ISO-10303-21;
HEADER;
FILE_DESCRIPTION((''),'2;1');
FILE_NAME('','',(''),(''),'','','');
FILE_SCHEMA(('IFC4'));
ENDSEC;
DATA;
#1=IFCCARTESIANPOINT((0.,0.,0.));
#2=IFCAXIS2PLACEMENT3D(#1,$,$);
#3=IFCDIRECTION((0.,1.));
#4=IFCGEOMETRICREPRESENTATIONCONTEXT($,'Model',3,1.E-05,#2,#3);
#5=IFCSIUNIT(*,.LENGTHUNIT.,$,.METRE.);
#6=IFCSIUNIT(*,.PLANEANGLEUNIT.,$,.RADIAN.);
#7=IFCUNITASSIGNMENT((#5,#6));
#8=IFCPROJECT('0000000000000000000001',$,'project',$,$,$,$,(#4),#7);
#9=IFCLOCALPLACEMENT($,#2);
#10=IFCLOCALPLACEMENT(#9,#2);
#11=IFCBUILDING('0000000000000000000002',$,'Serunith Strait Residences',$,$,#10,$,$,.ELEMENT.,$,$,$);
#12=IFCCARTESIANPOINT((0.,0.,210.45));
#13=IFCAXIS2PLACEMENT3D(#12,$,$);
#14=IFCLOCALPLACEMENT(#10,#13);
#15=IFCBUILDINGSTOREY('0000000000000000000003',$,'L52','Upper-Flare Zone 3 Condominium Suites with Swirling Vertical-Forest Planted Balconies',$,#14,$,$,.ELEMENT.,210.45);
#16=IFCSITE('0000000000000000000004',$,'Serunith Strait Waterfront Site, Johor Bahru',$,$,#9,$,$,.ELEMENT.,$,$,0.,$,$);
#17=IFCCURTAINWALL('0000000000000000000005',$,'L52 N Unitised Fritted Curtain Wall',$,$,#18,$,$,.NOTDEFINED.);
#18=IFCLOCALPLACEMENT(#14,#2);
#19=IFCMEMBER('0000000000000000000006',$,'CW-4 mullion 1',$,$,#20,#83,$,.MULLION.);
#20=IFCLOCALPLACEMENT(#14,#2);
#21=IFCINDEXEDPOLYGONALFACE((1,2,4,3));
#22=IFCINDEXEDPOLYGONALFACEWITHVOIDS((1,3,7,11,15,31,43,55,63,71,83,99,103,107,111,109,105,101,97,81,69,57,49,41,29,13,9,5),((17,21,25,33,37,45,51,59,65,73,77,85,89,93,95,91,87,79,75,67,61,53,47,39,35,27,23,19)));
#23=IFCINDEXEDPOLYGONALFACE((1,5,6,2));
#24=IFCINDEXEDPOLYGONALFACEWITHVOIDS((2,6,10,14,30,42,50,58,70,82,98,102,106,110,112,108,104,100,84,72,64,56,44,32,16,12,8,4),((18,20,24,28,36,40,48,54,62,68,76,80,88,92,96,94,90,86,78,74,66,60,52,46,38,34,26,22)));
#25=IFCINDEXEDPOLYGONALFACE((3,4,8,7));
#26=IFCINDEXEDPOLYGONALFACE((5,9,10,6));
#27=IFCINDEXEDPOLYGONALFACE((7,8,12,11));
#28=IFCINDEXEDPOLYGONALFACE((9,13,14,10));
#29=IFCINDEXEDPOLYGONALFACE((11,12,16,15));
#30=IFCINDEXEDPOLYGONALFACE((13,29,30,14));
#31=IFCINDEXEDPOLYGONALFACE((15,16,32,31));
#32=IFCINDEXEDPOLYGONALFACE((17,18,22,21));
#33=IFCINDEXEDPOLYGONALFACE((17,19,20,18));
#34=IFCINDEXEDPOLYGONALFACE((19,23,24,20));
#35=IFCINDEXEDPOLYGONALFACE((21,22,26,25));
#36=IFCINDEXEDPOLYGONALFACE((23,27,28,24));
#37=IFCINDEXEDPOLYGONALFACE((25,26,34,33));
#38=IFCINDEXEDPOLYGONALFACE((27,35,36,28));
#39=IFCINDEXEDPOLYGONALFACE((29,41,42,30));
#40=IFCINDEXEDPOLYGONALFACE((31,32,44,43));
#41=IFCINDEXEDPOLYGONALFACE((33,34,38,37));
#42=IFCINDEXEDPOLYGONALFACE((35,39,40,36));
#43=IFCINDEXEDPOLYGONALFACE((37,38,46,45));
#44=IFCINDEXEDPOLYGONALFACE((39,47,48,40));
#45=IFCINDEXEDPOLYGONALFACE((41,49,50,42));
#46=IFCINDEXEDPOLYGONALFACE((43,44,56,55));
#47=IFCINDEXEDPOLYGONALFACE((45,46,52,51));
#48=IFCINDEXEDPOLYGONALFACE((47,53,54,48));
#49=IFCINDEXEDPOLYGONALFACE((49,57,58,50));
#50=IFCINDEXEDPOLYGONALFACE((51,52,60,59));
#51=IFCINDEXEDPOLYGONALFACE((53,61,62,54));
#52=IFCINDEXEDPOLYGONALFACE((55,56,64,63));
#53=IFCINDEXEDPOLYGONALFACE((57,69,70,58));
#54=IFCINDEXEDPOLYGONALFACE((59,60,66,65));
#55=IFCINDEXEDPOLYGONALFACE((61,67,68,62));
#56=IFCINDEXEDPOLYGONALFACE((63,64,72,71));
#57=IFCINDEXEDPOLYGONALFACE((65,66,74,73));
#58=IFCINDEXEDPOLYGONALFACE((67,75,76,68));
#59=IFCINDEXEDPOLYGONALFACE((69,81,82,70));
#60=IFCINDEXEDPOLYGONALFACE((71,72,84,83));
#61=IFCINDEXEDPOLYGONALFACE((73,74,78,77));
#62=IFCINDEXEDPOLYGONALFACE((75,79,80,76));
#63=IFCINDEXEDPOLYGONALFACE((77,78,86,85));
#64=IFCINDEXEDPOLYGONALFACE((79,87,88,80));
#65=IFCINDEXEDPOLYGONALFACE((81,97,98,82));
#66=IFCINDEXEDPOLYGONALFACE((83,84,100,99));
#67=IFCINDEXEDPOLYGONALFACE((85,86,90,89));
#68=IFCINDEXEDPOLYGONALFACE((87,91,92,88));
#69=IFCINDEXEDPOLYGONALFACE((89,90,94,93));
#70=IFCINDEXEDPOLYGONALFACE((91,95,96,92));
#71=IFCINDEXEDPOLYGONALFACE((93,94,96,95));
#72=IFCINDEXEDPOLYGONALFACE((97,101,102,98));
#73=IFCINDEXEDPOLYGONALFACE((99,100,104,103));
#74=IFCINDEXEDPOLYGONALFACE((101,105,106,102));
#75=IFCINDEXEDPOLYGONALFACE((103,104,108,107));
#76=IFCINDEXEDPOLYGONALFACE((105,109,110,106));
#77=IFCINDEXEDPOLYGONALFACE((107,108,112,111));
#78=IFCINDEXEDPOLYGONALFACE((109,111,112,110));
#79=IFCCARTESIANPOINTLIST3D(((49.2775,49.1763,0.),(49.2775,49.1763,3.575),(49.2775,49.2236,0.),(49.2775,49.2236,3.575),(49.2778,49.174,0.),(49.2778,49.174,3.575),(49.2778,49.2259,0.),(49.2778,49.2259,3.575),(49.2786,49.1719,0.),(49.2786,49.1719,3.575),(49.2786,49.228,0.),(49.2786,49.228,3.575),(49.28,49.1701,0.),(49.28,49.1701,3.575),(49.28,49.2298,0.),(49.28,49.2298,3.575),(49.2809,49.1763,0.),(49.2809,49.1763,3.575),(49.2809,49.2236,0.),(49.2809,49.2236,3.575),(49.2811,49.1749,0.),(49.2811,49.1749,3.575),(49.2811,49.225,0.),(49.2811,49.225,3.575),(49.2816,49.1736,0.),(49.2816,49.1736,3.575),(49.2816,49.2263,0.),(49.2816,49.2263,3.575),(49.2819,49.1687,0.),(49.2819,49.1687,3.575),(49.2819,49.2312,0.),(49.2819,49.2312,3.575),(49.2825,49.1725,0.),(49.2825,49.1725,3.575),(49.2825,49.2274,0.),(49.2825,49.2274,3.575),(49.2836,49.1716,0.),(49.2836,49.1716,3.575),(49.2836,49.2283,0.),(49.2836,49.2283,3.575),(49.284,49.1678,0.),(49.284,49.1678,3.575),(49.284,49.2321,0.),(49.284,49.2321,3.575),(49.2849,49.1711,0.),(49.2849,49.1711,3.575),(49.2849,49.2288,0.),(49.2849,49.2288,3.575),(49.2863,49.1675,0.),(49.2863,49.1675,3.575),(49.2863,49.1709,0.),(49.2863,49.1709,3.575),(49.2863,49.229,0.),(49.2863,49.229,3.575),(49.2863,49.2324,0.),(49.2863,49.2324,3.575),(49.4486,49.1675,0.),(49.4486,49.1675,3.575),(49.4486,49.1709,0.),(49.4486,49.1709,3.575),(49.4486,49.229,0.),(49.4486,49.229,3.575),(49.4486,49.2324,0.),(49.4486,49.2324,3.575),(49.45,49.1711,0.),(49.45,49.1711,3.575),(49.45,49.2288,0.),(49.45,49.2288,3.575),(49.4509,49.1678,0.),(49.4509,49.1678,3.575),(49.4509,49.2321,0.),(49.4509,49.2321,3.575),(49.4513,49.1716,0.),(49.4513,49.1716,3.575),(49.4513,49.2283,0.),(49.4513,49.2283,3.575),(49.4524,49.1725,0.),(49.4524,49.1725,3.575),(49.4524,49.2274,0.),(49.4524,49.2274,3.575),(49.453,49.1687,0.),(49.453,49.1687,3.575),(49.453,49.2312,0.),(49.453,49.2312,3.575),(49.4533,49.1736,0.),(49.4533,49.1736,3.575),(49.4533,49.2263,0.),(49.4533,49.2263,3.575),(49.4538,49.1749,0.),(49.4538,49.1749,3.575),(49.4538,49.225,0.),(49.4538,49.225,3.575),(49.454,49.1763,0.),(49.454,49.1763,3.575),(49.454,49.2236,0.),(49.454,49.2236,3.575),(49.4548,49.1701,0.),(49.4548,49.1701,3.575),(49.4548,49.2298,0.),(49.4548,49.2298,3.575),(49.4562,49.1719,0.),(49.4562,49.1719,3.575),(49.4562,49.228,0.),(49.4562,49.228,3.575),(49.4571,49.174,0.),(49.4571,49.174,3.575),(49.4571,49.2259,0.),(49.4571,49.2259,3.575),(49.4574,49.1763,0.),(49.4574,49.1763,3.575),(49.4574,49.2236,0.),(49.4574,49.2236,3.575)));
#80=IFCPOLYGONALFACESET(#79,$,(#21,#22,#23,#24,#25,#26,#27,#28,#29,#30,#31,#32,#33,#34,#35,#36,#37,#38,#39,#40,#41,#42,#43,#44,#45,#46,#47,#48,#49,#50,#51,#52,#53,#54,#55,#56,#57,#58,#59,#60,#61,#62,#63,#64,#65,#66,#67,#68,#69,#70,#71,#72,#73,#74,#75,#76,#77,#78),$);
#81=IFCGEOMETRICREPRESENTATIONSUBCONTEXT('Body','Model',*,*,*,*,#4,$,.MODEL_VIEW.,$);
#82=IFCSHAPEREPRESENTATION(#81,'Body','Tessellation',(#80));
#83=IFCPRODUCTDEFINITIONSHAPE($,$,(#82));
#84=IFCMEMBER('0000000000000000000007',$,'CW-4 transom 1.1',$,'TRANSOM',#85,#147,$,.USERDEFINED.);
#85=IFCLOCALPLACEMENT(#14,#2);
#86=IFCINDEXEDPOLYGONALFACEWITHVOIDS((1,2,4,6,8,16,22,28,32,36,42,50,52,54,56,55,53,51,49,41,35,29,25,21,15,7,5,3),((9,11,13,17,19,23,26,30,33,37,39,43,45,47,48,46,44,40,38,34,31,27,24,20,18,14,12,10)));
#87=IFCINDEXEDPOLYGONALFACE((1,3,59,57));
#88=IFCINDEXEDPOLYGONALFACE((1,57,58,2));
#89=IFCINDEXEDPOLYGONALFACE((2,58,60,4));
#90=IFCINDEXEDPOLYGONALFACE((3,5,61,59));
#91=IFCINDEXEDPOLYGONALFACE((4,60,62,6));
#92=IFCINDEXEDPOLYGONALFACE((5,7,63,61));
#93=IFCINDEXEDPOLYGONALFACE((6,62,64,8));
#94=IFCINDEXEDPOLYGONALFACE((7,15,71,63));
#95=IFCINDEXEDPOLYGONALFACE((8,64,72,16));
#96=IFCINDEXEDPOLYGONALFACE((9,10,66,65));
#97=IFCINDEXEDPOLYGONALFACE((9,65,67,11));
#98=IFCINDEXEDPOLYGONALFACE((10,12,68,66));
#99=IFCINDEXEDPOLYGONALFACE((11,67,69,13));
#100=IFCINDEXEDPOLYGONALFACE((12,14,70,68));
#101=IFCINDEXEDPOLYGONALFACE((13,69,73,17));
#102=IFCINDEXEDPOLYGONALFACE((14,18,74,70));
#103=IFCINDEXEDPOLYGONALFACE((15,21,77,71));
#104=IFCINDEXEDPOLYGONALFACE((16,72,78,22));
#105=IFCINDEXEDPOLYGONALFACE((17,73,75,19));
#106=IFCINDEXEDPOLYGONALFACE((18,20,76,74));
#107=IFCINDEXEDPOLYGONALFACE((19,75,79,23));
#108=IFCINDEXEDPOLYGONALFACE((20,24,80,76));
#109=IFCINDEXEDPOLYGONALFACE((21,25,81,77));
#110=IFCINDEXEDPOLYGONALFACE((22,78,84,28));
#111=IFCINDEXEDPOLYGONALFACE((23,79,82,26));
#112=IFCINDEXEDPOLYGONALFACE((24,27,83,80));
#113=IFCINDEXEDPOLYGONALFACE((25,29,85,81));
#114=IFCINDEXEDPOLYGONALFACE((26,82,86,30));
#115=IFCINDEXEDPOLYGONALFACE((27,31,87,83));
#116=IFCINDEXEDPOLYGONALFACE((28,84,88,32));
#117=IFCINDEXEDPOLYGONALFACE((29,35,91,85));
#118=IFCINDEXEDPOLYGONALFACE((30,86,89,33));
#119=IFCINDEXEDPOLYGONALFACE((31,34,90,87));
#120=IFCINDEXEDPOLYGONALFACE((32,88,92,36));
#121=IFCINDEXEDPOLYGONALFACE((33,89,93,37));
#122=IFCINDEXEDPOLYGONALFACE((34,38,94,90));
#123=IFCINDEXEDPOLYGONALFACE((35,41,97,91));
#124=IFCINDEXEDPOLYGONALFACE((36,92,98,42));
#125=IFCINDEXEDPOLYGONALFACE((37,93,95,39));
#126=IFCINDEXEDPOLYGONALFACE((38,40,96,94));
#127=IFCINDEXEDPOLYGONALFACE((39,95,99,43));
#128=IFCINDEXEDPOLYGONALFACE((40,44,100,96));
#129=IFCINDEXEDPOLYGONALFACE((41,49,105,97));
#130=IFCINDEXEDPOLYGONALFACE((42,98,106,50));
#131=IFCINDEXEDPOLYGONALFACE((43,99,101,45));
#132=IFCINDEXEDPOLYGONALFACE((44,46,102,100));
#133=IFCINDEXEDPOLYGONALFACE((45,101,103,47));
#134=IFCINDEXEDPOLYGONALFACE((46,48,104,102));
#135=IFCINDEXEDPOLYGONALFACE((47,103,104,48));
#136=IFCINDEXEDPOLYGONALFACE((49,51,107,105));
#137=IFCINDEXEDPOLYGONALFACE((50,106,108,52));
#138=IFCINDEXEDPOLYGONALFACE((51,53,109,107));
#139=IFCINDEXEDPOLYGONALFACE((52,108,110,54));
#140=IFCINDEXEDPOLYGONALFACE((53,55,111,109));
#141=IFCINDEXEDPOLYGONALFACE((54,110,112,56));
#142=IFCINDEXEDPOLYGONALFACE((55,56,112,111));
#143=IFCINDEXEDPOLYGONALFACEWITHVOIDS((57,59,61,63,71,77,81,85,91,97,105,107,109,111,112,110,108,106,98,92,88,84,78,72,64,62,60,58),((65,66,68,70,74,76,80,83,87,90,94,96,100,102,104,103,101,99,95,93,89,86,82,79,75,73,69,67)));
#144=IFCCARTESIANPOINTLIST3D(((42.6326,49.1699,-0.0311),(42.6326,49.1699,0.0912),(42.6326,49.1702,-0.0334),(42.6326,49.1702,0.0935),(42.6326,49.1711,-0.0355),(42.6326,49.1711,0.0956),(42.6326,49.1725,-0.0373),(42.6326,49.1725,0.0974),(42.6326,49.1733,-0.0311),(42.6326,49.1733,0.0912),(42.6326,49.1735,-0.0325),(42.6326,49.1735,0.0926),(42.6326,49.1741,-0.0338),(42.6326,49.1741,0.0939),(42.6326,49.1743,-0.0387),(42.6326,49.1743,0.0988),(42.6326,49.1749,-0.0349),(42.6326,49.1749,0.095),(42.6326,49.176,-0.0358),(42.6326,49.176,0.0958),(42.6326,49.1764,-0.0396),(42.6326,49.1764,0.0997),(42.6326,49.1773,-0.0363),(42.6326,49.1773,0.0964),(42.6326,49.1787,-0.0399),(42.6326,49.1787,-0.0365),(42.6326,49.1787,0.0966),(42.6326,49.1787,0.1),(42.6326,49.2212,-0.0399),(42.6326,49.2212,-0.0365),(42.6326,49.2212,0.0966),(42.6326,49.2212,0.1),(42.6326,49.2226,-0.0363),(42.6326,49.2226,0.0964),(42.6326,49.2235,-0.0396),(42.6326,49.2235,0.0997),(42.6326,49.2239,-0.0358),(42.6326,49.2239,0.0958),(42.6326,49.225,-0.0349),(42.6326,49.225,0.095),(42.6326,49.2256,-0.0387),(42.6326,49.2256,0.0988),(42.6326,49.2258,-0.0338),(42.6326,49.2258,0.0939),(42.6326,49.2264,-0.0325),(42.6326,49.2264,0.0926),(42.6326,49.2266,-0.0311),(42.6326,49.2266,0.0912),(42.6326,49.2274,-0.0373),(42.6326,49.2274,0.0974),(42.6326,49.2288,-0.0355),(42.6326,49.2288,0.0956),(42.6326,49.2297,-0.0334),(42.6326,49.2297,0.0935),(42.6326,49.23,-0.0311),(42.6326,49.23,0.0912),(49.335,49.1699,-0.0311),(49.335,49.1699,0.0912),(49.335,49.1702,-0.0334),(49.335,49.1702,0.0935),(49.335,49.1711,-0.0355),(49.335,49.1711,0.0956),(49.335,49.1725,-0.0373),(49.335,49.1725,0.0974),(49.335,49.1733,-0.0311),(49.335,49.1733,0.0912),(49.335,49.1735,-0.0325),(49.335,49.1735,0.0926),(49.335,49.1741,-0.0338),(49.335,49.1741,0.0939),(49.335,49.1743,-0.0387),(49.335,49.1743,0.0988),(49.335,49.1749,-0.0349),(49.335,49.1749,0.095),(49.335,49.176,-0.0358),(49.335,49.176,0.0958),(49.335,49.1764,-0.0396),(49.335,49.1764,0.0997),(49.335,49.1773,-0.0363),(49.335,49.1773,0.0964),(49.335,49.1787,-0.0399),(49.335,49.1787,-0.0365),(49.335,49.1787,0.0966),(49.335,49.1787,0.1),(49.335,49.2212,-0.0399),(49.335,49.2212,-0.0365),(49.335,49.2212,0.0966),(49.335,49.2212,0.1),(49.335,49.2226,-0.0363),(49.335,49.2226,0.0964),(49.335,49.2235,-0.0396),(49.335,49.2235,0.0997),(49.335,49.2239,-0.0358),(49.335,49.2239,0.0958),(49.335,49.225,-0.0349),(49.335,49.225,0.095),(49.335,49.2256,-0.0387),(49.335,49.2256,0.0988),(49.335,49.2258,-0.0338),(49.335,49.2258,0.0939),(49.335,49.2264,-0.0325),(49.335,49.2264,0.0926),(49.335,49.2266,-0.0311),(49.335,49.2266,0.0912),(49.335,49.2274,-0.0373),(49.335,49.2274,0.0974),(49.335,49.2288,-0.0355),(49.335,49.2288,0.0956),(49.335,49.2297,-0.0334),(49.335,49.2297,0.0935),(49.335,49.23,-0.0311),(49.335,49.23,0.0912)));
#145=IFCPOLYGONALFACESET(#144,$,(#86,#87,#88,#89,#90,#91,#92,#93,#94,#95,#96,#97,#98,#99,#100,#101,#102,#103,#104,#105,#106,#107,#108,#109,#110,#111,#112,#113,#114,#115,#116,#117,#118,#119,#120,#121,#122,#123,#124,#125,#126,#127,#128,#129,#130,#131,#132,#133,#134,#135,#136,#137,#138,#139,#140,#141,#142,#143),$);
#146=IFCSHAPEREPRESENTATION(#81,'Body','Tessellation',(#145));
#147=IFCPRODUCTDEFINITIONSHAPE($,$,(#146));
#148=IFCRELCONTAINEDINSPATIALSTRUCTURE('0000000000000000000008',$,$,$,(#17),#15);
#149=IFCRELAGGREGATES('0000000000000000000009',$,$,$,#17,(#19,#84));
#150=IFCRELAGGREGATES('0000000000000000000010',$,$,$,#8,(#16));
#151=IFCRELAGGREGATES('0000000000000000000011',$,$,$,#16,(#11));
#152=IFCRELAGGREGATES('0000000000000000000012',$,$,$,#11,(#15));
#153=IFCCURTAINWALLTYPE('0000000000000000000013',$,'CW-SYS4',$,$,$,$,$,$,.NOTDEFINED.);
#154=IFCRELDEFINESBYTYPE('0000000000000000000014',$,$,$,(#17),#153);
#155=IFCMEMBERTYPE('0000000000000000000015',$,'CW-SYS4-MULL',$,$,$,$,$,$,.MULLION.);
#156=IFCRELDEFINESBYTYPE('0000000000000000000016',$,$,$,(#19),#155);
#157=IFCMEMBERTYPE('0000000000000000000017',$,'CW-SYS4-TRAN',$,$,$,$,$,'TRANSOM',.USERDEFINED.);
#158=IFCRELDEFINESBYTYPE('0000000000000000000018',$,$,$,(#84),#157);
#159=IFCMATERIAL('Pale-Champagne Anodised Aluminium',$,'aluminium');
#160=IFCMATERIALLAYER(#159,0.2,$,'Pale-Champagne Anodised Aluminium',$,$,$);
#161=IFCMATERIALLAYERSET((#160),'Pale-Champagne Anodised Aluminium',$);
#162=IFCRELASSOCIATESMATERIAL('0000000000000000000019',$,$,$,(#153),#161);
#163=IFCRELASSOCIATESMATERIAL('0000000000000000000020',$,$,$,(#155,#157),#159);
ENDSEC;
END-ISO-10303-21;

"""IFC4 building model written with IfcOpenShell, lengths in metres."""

from ifc_helpers import new_model, si_unit, direction, frame, origin, origin_2d, place, context, subcontext, project, spatial, hollow_rectangle, extrude, source, transform, mapped, material, layer, layer_set, material_profile, profile_set, type_object, element, aggregate, save


model = new_model("IFC4")

# Units and contexts
model_context = context("Model", 3, precision=1e-05, world=origin(), true_north=direction((0.0, 1.0)))
body_context = subcontext(model_context, "Body", "Model", "MODEL_VIEW")
ifc_project = project(units=[si_unit("LENGTHUNIT", "METRE"), si_unit("PLANEANGLEUNIT", "RADIAN")], contexts=[model_context])

# Site, building, storey
site_placement = place(None, origin())
site = spatial("IfcSite", under=ifc_project, at=site_placement, Name="Serunith Strait Waterfront Site, Johor Bahru", CompositionType="ELEMENT", RefElevation=0.0)
building_placement = place(site_placement, origin())
building = spatial("IfcBuilding", under=site, at=building_placement, Name="Serunith Strait Residences", CompositionType="ELEMENT")
storey_placement = place(building_placement, frame((0.0, 0.0, 210.45)))
storey = spatial("IfcBuildingStorey", under=building, at=storey_placement, Name="L52", Description="Upper-Flare Zone 3 Condominium Suites with Swirling Vertical-Forest Planted Balconies", CompositionType="ELEMENT", Elevation=210.45)

# Shared definitions
ifc_material_1 = material(Name="Pale-Champagne Anodised Aluminium", Category="aluminium")
ifc_layer_1 = layer(ifc_material_1, 0.2, Name="Pale-Champagne Anodised Aluminium")
ifc_layer_set_1 = layer_set([ifc_layer_1], Name="Pale-Champagne Anodised Aluminium")
curtain_wall_type = type_object("IfcCurtainWallType", Name="CW-SYS4", PredefinedType="NOTDEFINED", material=ifc_layer_set_1)
ifc_material_profile_1 = material_profile(ifc_material_1, hollow_rectangle(XDim=0.0649, YDim=0.1799, WallThickness=0.0034, InnerFilletRadius=0.0054, OuterFilletRadius=0.0088, at=origin_2d()), Name="ALU 180x65x3.5")
ifc_profile_set_1 = profile_set([ifc_material_profile_1], Name="Pale-Champagne Anodised Aluminium")
member_type_1 = type_object("IfcMemberType", Name="CW-SYS4-MULL", PredefinedType="MULLION", material=ifc_profile_set_1)
shared_shape_1 = source(origin(), body_context, "Body", "SweptSolid", [
    extrude(hollow_rectangle(XDim=0.0649, YDim=0.1799, WallThickness=0.0034, InnerFilletRadius=0.0054, OuterFilletRadius=0.0088, at=origin_2d()), origin(), (0.0, 0.0, 1.0), 3.575),
])

# Curtain wall, members
curtain_wall_1_placement = place(storey_placement, origin())
curtain_wall_1 = element("IfcCurtainWall", 1, at=curtain_wall_1_placement, inside=storey, type_object=curtain_wall_type, Name="L52 N Unitised Fritted Curtain Wall", PredefinedType="NOTDEFINED")
member_1_placement = place(storey_placement, frame((49.3674, 49.2, 0.0), z_axis=(0.0, 0.0, 1.0), x_axis=(0.0, -1.0, 0.0)))
member_1 = element("IfcMember", 2, at=member_1_placement, type_object=member_type_1, Name="CW-4 mullion 1", PredefinedType="MULLION", context=body_context, shape_type="MappedRepresentation", body=[
    mapped(shared_shape_1, transform((0.0, 0.0, 0.0), scale=1.0)),
])
ifc_material_profile_2 = material_profile(ifc_material_1, hollow_rectangle(XDim=0.0601, YDim=0.1399, WallThickness=0.0034, InnerFilletRadius=0.0054, OuterFilletRadius=0.0088, at=origin_2d()), Name="ALU 140x60x3.5")
ifc_profile_set_2 = profile_set([ifc_material_profile_2], Name="Pale-Champagne Anodised Aluminium")
member_type_2 = type_object("IfcMemberType", Name="CW-SYS4-TRAN", ElementType="TRANSOM", PredefinedType="USERDEFINED", material=ifc_profile_set_2)
shared_shape_2 = source(origin(), body_context, "Body", "SweptSolid", [
    extrude(hollow_rectangle(XDim=0.0601, YDim=0.1399, WallThickness=0.0034, InnerFilletRadius=0.0054, OuterFilletRadius=0.0088, at=origin_2d()), origin(), (0.0, 0.0, 1.0), 6.7024),
])
member_2_placement = place(storey_placement, frame((49.335, 49.2, 0.03), z_axis=(-1.0, 0.0, 0.0), x_axis=(0.0, -1.0, 0.0)))
member_2 = element("IfcMember", 3, at=member_2_placement, type_object=member_type_2, Name="CW-4 transom 1.1", ObjectType="TRANSOM", PredefinedType="USERDEFINED", context=body_context, shape_type="MappedRepresentation", body=[
    mapped(shared_shape_2, transform((0.0, 0.0, 0.0), scale=1.0)),
])
aggregate(curtain_wall_1, [member_1, member_2])

save(model, "model.ifc")
